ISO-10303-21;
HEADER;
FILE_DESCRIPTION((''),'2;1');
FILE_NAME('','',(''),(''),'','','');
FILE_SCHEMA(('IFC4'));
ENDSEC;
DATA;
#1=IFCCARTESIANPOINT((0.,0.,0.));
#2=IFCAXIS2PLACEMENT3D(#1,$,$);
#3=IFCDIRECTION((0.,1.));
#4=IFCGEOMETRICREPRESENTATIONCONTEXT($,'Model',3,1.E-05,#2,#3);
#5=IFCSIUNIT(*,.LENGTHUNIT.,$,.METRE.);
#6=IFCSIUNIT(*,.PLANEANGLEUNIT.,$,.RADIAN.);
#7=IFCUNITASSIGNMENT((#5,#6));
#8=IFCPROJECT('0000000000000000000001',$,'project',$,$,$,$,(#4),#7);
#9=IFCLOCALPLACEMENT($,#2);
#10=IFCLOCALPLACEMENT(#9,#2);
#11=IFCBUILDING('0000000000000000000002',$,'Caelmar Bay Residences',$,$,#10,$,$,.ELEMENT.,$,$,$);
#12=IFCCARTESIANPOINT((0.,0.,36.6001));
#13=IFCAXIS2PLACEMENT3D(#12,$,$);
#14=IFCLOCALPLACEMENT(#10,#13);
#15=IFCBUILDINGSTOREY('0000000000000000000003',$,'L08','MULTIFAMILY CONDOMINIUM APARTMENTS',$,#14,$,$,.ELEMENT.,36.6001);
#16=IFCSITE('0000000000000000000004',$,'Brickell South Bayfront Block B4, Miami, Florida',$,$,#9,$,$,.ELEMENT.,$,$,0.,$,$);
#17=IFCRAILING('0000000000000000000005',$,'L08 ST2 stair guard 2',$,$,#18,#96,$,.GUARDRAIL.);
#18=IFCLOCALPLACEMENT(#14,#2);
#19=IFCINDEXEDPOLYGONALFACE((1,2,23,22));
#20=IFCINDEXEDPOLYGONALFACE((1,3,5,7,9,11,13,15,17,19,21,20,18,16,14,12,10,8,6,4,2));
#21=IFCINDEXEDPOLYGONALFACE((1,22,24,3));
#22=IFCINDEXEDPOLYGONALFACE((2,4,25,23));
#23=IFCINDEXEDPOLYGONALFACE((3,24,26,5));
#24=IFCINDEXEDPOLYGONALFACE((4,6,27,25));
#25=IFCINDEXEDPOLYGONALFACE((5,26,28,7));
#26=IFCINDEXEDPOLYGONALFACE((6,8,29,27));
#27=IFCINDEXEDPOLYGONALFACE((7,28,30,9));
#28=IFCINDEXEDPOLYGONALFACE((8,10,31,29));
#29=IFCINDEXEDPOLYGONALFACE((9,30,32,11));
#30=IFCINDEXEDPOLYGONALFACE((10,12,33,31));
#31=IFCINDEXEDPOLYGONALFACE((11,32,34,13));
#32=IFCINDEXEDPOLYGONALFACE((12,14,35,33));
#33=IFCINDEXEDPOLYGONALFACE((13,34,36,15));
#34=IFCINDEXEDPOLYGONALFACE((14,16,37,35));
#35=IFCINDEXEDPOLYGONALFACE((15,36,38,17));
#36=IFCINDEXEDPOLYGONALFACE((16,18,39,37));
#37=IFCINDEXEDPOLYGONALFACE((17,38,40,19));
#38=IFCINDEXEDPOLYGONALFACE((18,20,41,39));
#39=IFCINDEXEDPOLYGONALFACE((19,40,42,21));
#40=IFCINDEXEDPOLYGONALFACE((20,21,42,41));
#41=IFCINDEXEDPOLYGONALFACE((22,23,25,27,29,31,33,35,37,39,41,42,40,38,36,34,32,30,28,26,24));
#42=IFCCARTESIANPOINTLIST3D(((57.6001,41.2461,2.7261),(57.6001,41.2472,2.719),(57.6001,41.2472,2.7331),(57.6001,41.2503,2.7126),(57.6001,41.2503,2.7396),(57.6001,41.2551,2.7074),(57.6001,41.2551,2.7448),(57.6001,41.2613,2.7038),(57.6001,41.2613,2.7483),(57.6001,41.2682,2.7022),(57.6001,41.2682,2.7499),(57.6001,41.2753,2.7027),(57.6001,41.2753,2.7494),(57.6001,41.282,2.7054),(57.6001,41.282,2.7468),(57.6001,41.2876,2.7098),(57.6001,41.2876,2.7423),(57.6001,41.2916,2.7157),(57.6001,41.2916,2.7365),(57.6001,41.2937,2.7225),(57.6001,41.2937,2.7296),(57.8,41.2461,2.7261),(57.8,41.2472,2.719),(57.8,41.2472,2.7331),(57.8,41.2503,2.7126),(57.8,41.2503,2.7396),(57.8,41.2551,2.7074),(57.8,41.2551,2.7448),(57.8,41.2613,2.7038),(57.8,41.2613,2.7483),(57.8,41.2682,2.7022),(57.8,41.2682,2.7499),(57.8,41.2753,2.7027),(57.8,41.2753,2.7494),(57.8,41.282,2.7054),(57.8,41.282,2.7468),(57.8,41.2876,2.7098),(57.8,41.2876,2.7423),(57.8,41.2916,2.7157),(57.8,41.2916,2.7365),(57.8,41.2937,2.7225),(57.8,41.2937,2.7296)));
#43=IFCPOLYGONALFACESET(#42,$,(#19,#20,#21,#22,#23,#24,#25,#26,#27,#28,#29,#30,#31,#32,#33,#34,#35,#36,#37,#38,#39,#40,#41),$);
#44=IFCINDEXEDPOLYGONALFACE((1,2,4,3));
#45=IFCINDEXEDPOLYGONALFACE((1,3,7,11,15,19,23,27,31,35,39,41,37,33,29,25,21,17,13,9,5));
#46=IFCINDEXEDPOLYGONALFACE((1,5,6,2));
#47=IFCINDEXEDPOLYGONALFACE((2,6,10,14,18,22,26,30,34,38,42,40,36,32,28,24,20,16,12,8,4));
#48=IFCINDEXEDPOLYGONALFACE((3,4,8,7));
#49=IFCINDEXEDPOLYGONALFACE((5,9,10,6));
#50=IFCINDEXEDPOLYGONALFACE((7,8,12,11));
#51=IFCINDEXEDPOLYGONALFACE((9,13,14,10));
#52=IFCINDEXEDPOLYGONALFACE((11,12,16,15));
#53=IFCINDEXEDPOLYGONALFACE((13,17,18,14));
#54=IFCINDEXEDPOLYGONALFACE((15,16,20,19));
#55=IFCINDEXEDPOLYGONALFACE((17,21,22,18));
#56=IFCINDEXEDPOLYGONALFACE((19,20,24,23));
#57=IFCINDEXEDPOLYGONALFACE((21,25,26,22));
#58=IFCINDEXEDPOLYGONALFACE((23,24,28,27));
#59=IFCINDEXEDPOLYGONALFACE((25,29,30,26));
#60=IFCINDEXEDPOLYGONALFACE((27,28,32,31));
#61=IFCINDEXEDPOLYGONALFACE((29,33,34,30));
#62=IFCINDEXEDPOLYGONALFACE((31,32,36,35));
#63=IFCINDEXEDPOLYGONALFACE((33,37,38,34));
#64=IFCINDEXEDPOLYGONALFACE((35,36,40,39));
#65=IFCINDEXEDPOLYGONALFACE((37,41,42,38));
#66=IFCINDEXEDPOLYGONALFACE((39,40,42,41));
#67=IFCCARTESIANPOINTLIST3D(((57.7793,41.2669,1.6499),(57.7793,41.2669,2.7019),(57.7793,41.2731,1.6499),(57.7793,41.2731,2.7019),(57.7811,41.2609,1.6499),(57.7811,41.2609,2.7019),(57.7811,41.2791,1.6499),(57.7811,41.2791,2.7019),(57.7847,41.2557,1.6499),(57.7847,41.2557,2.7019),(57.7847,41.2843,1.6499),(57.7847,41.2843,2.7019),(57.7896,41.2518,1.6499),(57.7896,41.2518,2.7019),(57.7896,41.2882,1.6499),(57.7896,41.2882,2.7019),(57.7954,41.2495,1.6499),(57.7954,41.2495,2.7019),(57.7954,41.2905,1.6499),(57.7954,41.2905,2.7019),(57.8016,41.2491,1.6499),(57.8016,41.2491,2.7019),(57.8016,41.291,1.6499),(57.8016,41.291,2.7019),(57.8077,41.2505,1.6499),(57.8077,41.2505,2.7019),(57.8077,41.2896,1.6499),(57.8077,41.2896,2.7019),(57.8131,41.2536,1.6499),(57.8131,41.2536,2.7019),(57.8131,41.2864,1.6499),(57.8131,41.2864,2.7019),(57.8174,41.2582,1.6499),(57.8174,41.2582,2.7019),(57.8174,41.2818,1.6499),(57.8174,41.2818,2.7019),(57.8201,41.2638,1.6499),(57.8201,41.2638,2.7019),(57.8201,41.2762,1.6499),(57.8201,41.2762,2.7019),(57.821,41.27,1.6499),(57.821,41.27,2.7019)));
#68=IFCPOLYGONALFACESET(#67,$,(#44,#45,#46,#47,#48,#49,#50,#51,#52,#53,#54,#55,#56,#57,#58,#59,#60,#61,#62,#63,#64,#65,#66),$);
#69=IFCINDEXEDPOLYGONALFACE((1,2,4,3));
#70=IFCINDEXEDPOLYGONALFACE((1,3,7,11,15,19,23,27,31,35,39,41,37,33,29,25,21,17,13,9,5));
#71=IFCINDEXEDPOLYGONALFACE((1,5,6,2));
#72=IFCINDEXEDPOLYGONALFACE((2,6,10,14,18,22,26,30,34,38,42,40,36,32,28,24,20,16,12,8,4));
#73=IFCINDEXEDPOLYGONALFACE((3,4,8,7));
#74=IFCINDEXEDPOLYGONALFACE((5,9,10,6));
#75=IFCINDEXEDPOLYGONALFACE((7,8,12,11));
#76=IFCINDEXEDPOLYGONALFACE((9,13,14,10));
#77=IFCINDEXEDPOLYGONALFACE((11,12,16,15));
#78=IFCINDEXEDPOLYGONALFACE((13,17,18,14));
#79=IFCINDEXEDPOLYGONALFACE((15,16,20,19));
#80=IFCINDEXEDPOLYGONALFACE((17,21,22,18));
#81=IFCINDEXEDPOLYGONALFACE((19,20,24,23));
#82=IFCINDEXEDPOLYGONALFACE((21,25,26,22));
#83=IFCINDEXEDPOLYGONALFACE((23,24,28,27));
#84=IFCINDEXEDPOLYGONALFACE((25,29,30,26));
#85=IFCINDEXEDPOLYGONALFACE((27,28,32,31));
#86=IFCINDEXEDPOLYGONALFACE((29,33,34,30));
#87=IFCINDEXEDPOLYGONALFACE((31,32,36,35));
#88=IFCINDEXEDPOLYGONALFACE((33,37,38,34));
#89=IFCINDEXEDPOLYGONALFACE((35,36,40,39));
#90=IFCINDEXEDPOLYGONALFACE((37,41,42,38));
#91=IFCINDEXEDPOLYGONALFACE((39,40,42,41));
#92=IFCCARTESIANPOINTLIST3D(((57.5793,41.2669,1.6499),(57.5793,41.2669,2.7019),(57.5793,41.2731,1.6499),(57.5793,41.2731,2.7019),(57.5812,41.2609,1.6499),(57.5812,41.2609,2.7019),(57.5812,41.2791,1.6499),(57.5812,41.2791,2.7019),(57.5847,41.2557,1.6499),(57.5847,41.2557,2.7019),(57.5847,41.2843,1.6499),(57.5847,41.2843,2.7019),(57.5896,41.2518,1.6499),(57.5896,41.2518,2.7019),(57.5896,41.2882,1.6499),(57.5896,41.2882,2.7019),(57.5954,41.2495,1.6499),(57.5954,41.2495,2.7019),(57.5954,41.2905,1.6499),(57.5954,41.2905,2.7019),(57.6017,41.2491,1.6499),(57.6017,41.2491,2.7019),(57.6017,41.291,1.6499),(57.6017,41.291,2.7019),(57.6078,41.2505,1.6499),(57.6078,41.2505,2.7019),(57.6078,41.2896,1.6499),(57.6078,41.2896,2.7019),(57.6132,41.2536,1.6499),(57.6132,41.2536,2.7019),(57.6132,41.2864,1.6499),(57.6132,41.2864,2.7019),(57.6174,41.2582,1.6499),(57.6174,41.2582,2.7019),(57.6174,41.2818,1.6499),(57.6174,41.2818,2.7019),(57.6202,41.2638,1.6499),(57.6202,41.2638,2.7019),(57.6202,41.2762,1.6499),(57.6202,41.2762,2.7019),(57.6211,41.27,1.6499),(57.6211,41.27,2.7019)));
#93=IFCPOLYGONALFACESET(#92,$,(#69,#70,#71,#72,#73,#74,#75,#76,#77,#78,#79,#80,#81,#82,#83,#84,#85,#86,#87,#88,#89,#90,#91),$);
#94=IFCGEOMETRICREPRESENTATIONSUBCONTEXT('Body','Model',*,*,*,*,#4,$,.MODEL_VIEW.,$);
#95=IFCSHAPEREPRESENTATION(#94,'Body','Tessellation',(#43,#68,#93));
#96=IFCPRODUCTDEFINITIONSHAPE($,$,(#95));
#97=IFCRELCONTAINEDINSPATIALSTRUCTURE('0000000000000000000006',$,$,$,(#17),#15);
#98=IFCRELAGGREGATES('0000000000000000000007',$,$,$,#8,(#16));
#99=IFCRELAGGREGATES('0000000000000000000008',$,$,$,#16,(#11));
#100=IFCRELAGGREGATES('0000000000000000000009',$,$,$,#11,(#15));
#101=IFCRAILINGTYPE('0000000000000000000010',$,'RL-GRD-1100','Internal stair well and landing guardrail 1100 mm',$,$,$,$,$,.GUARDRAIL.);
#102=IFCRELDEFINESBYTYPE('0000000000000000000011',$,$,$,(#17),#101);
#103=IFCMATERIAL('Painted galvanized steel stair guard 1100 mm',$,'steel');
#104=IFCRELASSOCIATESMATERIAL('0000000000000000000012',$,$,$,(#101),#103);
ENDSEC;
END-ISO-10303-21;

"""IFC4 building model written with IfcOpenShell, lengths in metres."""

from ifc_helpers import new_model, si_unit, direction, frame, origin, origin_2d, place, context, subcontext, project, spatial, circle, extrude, material, type_object, element, save


model = new_model("IFC4")

# Units and contexts
model_context = context("Model", 3, precision=1e-05, world=origin(), true_north=direction((0.0, 1.0)))
body_context = subcontext(model_context, "Body", "Model", "MODEL_VIEW")
ifc_project = project(units=[si_unit("LENGTHUNIT", "METRE"), si_unit("PLANEANGLEUNIT", "RADIAN")], contexts=[model_context])

# Site, building, storey
site_placement = place(None, origin())
site = spatial("IfcSite", under=ifc_project, at=site_placement, Name="Brickell South Bayfront Block B4, Miami, Florida", CompositionType="ELEMENT", RefElevation=0.0)
building_placement = place(site_placement, origin())
building = spatial("IfcBuilding", under=site, at=building_placement, Name="Caelmar Bay Residences", CompositionType="ELEMENT")
storey_placement = place(building_placement, frame((0.0, 0.0, 36.6001)))
storey = spatial("IfcBuildingStorey", under=building, at=storey_placement, Name="L08", Description="MULTIFAMILY CONDOMINIUM APARTMENTS", CompositionType="ELEMENT", Elevation=36.6001)

# Railing
ifc_material_1 = material(Name="Painted galvanized steel stair guard 1100 mm", Category="steel")
railing_type_1 = type_object("IfcRailingType", Name="RL-GRD-1100", Description="Internal stair well and landing guardrail 1100 mm", PredefinedType="GUARDRAIL", material=ifc_material_1)
railing_1_placement = place(storey_placement, frame((57.8, 41.27, 1.6499)))
element("IfcRailing", 1, at=railing_1_placement, inside=storey, type_object=railing_type_1, Name="L08 ST2 stair guard 2", PredefinedType="GUARDRAIL", context=body_context, shape_type="SweptSolid", body=[
    extrude(circle(Radius=0.0239, at=origin_2d()), frame((0.0, 0.0, 1.0762), z_axis=(-1.0, 0.0, 0.0), x_axis=(0.0, -1.0, 0.0)), (0.0, 0.0, 1.0), 0.2),
    extrude(circle(Radius=0.021, at=origin_2d()), origin(), (0.0, 0.0, 1.0), 1.052),
    extrude(circle(Radius=0.021, at=origin_2d()), frame((-0.2, 0.0, 0.0)), (0.0, 0.0, 1.0), 1.052),
])

save(model, "model.ifc")
